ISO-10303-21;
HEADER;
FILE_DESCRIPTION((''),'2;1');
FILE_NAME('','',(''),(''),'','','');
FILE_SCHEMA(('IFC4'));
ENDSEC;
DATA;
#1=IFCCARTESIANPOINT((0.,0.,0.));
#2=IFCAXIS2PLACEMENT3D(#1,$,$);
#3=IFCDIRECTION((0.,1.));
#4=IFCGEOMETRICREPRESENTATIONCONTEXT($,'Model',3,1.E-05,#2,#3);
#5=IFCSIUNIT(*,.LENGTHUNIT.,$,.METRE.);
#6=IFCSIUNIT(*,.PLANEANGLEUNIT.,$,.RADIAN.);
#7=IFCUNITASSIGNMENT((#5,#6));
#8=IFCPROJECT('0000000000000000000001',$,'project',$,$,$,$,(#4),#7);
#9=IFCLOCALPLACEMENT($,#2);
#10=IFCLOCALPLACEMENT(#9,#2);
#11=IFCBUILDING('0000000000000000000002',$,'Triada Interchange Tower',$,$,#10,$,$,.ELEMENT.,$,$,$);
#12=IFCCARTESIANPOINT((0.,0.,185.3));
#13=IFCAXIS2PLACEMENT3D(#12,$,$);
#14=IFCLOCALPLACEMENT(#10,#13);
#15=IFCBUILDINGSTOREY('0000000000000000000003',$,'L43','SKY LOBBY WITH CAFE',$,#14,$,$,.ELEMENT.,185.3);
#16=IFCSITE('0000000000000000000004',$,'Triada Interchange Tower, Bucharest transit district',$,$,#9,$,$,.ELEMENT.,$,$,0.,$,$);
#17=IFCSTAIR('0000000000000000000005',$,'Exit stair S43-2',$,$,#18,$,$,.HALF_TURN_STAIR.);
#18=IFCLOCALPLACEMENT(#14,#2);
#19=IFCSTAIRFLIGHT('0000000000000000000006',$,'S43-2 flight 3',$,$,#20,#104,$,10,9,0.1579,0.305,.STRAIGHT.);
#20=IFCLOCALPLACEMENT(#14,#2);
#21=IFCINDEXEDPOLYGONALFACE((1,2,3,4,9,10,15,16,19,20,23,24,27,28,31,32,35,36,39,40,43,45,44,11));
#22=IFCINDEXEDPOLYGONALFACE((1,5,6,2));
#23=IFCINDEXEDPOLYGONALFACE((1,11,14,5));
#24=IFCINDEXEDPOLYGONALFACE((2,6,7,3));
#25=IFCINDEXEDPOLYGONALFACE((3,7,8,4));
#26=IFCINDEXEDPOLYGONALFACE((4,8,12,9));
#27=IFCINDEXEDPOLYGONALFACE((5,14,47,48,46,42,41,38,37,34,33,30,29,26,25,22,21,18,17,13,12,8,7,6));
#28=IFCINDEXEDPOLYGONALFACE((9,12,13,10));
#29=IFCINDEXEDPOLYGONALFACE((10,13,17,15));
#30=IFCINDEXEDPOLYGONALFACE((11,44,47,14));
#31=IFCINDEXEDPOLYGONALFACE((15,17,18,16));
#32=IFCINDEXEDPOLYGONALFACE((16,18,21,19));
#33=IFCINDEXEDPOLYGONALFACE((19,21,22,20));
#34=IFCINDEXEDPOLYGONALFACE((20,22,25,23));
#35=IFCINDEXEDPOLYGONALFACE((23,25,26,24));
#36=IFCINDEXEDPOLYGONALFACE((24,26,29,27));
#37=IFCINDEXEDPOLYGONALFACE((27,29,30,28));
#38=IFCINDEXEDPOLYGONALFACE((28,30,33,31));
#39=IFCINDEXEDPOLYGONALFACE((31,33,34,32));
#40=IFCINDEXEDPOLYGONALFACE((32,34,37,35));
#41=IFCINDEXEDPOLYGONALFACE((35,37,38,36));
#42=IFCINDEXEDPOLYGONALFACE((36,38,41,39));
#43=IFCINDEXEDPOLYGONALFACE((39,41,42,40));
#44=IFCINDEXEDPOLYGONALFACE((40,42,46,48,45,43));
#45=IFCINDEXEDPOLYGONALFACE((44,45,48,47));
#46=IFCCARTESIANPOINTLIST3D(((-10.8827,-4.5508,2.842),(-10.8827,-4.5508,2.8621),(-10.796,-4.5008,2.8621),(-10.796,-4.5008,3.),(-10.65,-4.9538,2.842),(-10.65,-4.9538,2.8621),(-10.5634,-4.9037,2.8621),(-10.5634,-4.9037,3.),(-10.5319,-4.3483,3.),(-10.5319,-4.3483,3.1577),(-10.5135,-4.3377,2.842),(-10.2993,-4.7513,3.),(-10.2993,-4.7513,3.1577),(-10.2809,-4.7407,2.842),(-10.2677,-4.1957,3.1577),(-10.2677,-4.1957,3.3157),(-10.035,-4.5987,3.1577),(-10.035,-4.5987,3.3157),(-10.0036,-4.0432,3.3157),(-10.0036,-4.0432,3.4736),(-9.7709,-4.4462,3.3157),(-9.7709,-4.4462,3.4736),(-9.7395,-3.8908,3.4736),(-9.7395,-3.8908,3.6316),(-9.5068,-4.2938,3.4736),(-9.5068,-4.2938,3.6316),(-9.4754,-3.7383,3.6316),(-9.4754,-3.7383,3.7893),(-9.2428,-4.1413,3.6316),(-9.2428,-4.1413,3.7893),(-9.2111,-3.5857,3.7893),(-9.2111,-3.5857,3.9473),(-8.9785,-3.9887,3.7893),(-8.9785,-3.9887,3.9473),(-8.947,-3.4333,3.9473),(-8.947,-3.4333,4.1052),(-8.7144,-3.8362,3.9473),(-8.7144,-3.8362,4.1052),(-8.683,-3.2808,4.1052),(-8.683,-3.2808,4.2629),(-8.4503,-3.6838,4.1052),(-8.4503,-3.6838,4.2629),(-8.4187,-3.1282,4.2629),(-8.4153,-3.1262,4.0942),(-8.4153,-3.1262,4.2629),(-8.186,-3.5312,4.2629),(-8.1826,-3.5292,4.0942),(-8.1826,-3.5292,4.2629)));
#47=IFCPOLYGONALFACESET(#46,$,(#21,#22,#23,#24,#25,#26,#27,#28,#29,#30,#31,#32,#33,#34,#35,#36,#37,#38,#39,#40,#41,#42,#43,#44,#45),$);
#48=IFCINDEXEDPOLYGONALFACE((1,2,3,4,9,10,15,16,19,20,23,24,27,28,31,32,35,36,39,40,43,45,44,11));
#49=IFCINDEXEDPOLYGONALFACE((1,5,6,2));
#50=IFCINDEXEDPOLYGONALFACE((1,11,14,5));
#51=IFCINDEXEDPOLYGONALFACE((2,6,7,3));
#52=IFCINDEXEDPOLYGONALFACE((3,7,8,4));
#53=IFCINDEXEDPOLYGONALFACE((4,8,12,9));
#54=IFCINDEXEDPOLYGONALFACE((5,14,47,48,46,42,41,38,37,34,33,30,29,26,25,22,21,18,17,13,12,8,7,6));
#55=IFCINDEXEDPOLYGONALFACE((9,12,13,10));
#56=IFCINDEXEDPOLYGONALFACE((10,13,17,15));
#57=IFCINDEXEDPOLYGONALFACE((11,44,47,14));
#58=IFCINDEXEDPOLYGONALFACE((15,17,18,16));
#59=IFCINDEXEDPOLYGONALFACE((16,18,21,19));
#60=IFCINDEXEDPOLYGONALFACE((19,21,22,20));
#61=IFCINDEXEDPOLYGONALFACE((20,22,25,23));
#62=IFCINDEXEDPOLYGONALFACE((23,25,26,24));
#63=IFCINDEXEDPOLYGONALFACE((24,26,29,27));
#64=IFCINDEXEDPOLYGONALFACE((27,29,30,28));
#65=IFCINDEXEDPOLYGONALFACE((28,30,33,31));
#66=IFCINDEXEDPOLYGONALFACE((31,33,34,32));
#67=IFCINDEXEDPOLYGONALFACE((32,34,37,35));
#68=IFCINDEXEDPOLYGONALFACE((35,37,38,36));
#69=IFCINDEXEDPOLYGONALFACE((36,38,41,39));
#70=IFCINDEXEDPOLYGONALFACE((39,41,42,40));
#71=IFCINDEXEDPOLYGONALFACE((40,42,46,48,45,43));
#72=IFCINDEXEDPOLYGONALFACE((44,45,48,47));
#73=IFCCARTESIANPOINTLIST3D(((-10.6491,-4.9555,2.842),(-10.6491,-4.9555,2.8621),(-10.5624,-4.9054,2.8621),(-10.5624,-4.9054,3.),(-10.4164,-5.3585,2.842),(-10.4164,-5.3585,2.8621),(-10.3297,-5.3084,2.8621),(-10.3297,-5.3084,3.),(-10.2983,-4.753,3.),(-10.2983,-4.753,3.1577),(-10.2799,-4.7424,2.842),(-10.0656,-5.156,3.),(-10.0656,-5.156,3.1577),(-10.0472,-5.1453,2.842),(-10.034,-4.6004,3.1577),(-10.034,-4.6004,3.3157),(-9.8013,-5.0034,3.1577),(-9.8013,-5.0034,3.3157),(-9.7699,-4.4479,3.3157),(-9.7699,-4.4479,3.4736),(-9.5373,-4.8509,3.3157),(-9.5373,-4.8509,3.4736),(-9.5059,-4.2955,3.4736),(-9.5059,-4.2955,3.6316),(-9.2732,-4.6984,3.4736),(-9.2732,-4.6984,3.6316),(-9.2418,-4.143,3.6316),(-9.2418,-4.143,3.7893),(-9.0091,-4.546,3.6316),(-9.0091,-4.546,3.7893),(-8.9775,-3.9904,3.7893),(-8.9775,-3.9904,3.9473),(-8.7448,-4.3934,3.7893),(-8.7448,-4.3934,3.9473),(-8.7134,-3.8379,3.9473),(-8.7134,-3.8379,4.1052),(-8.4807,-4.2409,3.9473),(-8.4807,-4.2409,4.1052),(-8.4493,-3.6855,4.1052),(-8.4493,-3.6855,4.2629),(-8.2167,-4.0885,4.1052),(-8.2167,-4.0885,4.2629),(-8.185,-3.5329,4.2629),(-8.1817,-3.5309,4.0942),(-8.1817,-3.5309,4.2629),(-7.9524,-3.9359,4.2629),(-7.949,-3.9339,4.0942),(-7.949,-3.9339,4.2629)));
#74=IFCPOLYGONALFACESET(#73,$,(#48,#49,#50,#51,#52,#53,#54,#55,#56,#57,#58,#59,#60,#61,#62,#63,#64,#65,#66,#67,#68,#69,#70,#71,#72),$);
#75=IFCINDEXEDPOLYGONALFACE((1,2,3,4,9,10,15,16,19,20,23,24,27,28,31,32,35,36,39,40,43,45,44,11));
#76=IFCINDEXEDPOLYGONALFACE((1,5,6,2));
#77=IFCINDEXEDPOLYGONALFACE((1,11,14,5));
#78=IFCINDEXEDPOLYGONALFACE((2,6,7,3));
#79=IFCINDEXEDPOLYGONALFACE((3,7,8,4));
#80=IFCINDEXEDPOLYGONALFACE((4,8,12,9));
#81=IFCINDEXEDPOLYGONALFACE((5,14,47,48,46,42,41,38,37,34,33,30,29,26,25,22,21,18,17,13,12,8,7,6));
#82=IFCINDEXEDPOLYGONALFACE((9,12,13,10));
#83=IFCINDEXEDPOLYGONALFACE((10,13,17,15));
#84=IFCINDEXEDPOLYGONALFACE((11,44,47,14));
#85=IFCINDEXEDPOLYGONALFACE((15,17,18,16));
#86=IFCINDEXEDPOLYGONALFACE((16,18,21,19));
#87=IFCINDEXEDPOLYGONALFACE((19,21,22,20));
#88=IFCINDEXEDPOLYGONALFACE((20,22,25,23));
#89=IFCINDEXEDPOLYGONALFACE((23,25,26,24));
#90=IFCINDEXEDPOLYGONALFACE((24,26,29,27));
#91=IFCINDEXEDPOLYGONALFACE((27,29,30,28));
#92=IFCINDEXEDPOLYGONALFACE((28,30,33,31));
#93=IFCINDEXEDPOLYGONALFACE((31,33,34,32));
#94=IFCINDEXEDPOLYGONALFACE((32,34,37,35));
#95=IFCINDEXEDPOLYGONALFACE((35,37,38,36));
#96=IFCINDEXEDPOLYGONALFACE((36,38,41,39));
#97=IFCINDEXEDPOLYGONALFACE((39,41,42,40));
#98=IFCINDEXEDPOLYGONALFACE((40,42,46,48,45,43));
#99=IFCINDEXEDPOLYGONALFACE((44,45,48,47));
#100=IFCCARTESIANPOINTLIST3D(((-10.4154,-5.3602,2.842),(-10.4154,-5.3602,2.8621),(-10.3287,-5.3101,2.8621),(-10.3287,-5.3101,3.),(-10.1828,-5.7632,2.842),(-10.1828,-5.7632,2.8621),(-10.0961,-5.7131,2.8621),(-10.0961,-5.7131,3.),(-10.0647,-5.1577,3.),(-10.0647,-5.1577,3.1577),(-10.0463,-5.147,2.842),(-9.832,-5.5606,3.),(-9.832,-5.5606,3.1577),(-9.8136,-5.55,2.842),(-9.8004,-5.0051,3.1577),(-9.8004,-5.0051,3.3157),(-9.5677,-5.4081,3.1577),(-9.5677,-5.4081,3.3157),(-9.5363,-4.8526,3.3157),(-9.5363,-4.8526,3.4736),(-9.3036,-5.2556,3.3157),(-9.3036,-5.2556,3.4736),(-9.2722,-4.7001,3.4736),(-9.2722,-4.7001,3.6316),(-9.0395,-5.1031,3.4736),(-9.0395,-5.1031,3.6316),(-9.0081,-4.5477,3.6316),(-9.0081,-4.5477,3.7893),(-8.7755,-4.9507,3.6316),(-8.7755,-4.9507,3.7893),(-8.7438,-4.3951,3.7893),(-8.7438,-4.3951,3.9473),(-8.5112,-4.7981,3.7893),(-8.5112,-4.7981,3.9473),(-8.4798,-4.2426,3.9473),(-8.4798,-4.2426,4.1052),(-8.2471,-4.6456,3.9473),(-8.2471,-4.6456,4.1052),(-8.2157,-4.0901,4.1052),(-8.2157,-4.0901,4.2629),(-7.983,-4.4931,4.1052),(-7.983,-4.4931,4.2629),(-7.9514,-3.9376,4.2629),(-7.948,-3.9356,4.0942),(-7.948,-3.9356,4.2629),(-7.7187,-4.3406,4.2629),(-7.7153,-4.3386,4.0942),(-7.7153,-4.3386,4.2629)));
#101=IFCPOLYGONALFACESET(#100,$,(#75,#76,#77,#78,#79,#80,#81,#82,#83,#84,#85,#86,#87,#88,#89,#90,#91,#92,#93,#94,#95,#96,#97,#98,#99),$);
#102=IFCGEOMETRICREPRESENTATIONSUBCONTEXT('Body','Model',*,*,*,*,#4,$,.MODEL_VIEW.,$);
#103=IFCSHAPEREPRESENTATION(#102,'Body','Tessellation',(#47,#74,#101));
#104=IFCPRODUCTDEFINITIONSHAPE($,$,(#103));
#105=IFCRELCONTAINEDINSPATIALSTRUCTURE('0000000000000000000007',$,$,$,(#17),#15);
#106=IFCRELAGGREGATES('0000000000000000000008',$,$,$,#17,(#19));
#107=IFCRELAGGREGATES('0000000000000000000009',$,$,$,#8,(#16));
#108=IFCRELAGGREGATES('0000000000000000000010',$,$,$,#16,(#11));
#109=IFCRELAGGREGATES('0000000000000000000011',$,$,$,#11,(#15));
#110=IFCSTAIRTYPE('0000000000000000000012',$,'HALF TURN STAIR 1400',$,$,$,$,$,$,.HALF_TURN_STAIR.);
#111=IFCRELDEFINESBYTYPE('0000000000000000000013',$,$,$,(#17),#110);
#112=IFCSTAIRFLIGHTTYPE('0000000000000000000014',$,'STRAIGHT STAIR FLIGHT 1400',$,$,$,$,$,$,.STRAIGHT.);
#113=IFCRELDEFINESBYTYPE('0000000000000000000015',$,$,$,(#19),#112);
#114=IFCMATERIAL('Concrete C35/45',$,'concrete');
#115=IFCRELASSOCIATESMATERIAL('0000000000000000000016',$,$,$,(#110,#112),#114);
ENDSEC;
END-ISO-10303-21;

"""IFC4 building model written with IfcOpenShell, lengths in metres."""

from ifc_helpers import new_model, si_unit, direction, frame, origin, place, context, subcontext, project, spatial, polyline, outline, extrude, material, type_object, element, aggregate, save


model = new_model("IFC4")

# Units and contexts
model_context = context("Model", 3, precision=1e-05, world=origin(), true_north=direction((0.0, 1.0)))
body_context = subcontext(model_context, "Body", "Model", "MODEL_VIEW")
ifc_project = project(units=[si_unit("LENGTHUNIT", "METRE"), si_unit("PLANEANGLEUNIT", "RADIAN")], contexts=[model_context])

# Site, building, storey
site_placement = place(None, origin())
site = spatial("IfcSite", under=ifc_project, at=site_placement, Name="Triada Interchange Tower, Bucharest transit district", CompositionType="ELEMENT", RefElevation=0.0)
building_placement = place(site_placement, origin())
building = spatial("IfcBuilding", under=site, at=building_placement, Name="Triada Interchange Tower", CompositionType="ELEMENT")
storey_placement = place(building_placement, frame((0.0, 0.0, 185.3)))
storey = spatial("IfcBuildingStorey", under=building, at=storey_placement, Name="L43", Description="SKY LOBBY WITH CAFE", CompositionType="ELEMENT", Elevation=185.3)

# Stair, stair flight
ifc_material_1 = material(Name="Concrete C35/45", Category="concrete")
stair_type = type_object("IfcStairType", Name="HALF TURN STAIR 1400", PredefinedType="HALF_TURN_STAIR", material=ifc_material_1)
stair_placement = place(storey_placement, origin())
stair = element("IfcStair", 1, at=stair_placement, inside=storey, type_object=stair_type, Name="Exit stair S43-2", PredefinedType="HALF_TURN_STAIR")
stair_flight_type = type_object("IfcStairFlightType", Name="STRAIGHT STAIR FLIGHT 1400", PredefinedType="STRAIGHT", material=ifc_material_1)
stair_flight_1_placement = place(storey_placement, frame((-10.446, -5.1069, 2.842), z_axis=(0.0, 0.0, 1.0), x_axis=(0.866025, 0.5, 0.0)))
stair_flight_1 = element("IfcStairFlight", 2, at=stair_flight_1_placement, type_object=stair_flight_type, Name="S43-2 flight 3", NumberOfRisers=10, NumberOfTreads=9, PredefinedType="STRAIGHT", RiserHeight=0.1579, TreadLength=0.305, context=body_context, shape_type="SweptSolid", body=[
    extrude(outline(polyline([(-0.1001, 0.0), (-0.1001, 0.02), (0.0, 0.02), (0.0, 0.158), (0.3049, 0.158), (0.3049, 0.3157), (0.6101, 0.3157), (0.6101, 0.4736), (0.915, 0.4736), (0.915, 0.6316), (1.22, 0.6316), (1.22, 0.7896), (1.5249, 0.7896), (1.5249, 0.9473), (1.8301, 0.9473), (1.8301, 1.1052), (2.135, 1.1052), (2.135, 1.2632), (2.4399, 1.2632), (2.4399, 1.4209), (2.7451, 1.4209), (2.749, 1.4209), (2.749, 1.5789), (2.749, 1.2522), (0.3262, 0.0), (-0.1001, 0.0)])), frame((0.0, 0.7, 0.0), z_axis=(0.0, -1.0, 0.0), x_axis=(1.0, 0.0, 0.0)), (0.0, 0.0, 1.0), 0.4653),
    extrude(outline(polyline([(-0.1001, 0.0), (-0.1001, 0.02), (0.0, 0.02), (0.0, 0.158), (0.3049, 0.158), (0.3049, 0.3157), (0.6101, 0.3157), (0.6101, 0.4736), (0.915, 0.4736), (0.915, 0.6316), (1.22, 0.6316), (1.22, 0.7896), (1.5249, 0.7896), (1.5249, 0.9473), (1.8301, 0.9473), (1.8301, 1.1052), (2.135, 1.1052), (2.135, 1.2632), (2.4399, 1.2632), (2.4399, 1.4209), (2.7451, 1.4209), (2.749, 1.4209), (2.749, 1.5789), (2.749, 1.2522), (0.3262, 0.0), (-0.1001, 0.0)])), frame((0.0, 0.2327, 0.0), z_axis=(0.0, -1.0, 0.0), x_axis=(1.0, 0.0, 0.0)), (0.0, 0.0, 1.0), 0.4653),
    extrude(outline(polyline([(-0.1001, 0.0), (-0.1001, 0.02), (0.0, 0.02), (0.0, 0.158), (0.3049, 0.158), (0.3049, 0.3157), (0.6101, 0.3157), (0.6101, 0.4736), (0.915, 0.4736), (0.915, 0.6316), (1.22, 0.6316), (1.22, 0.7896), (1.5249, 0.7896), (1.5249, 0.9473), (1.8301, 0.9473), (1.8301, 1.1052), (2.135, 1.1052), (2.135, 1.2632), (2.4399, 1.2632), (2.4399, 1.4209), (2.7451, 1.4209), (2.749, 1.4209), (2.749, 1.5789), (2.749, 1.2522), (0.3262, 0.0), (-0.1001, 0.0)])), frame((0.0, -0.2346, 0.0), z_axis=(0.0, -1.0, 0.0), x_axis=(1.0, 0.0, 0.0)), (0.0, 0.0, 1.0), 0.4653),
])

aggregate(stair, [stair_flight_1])

save(model, "model.ifc")
